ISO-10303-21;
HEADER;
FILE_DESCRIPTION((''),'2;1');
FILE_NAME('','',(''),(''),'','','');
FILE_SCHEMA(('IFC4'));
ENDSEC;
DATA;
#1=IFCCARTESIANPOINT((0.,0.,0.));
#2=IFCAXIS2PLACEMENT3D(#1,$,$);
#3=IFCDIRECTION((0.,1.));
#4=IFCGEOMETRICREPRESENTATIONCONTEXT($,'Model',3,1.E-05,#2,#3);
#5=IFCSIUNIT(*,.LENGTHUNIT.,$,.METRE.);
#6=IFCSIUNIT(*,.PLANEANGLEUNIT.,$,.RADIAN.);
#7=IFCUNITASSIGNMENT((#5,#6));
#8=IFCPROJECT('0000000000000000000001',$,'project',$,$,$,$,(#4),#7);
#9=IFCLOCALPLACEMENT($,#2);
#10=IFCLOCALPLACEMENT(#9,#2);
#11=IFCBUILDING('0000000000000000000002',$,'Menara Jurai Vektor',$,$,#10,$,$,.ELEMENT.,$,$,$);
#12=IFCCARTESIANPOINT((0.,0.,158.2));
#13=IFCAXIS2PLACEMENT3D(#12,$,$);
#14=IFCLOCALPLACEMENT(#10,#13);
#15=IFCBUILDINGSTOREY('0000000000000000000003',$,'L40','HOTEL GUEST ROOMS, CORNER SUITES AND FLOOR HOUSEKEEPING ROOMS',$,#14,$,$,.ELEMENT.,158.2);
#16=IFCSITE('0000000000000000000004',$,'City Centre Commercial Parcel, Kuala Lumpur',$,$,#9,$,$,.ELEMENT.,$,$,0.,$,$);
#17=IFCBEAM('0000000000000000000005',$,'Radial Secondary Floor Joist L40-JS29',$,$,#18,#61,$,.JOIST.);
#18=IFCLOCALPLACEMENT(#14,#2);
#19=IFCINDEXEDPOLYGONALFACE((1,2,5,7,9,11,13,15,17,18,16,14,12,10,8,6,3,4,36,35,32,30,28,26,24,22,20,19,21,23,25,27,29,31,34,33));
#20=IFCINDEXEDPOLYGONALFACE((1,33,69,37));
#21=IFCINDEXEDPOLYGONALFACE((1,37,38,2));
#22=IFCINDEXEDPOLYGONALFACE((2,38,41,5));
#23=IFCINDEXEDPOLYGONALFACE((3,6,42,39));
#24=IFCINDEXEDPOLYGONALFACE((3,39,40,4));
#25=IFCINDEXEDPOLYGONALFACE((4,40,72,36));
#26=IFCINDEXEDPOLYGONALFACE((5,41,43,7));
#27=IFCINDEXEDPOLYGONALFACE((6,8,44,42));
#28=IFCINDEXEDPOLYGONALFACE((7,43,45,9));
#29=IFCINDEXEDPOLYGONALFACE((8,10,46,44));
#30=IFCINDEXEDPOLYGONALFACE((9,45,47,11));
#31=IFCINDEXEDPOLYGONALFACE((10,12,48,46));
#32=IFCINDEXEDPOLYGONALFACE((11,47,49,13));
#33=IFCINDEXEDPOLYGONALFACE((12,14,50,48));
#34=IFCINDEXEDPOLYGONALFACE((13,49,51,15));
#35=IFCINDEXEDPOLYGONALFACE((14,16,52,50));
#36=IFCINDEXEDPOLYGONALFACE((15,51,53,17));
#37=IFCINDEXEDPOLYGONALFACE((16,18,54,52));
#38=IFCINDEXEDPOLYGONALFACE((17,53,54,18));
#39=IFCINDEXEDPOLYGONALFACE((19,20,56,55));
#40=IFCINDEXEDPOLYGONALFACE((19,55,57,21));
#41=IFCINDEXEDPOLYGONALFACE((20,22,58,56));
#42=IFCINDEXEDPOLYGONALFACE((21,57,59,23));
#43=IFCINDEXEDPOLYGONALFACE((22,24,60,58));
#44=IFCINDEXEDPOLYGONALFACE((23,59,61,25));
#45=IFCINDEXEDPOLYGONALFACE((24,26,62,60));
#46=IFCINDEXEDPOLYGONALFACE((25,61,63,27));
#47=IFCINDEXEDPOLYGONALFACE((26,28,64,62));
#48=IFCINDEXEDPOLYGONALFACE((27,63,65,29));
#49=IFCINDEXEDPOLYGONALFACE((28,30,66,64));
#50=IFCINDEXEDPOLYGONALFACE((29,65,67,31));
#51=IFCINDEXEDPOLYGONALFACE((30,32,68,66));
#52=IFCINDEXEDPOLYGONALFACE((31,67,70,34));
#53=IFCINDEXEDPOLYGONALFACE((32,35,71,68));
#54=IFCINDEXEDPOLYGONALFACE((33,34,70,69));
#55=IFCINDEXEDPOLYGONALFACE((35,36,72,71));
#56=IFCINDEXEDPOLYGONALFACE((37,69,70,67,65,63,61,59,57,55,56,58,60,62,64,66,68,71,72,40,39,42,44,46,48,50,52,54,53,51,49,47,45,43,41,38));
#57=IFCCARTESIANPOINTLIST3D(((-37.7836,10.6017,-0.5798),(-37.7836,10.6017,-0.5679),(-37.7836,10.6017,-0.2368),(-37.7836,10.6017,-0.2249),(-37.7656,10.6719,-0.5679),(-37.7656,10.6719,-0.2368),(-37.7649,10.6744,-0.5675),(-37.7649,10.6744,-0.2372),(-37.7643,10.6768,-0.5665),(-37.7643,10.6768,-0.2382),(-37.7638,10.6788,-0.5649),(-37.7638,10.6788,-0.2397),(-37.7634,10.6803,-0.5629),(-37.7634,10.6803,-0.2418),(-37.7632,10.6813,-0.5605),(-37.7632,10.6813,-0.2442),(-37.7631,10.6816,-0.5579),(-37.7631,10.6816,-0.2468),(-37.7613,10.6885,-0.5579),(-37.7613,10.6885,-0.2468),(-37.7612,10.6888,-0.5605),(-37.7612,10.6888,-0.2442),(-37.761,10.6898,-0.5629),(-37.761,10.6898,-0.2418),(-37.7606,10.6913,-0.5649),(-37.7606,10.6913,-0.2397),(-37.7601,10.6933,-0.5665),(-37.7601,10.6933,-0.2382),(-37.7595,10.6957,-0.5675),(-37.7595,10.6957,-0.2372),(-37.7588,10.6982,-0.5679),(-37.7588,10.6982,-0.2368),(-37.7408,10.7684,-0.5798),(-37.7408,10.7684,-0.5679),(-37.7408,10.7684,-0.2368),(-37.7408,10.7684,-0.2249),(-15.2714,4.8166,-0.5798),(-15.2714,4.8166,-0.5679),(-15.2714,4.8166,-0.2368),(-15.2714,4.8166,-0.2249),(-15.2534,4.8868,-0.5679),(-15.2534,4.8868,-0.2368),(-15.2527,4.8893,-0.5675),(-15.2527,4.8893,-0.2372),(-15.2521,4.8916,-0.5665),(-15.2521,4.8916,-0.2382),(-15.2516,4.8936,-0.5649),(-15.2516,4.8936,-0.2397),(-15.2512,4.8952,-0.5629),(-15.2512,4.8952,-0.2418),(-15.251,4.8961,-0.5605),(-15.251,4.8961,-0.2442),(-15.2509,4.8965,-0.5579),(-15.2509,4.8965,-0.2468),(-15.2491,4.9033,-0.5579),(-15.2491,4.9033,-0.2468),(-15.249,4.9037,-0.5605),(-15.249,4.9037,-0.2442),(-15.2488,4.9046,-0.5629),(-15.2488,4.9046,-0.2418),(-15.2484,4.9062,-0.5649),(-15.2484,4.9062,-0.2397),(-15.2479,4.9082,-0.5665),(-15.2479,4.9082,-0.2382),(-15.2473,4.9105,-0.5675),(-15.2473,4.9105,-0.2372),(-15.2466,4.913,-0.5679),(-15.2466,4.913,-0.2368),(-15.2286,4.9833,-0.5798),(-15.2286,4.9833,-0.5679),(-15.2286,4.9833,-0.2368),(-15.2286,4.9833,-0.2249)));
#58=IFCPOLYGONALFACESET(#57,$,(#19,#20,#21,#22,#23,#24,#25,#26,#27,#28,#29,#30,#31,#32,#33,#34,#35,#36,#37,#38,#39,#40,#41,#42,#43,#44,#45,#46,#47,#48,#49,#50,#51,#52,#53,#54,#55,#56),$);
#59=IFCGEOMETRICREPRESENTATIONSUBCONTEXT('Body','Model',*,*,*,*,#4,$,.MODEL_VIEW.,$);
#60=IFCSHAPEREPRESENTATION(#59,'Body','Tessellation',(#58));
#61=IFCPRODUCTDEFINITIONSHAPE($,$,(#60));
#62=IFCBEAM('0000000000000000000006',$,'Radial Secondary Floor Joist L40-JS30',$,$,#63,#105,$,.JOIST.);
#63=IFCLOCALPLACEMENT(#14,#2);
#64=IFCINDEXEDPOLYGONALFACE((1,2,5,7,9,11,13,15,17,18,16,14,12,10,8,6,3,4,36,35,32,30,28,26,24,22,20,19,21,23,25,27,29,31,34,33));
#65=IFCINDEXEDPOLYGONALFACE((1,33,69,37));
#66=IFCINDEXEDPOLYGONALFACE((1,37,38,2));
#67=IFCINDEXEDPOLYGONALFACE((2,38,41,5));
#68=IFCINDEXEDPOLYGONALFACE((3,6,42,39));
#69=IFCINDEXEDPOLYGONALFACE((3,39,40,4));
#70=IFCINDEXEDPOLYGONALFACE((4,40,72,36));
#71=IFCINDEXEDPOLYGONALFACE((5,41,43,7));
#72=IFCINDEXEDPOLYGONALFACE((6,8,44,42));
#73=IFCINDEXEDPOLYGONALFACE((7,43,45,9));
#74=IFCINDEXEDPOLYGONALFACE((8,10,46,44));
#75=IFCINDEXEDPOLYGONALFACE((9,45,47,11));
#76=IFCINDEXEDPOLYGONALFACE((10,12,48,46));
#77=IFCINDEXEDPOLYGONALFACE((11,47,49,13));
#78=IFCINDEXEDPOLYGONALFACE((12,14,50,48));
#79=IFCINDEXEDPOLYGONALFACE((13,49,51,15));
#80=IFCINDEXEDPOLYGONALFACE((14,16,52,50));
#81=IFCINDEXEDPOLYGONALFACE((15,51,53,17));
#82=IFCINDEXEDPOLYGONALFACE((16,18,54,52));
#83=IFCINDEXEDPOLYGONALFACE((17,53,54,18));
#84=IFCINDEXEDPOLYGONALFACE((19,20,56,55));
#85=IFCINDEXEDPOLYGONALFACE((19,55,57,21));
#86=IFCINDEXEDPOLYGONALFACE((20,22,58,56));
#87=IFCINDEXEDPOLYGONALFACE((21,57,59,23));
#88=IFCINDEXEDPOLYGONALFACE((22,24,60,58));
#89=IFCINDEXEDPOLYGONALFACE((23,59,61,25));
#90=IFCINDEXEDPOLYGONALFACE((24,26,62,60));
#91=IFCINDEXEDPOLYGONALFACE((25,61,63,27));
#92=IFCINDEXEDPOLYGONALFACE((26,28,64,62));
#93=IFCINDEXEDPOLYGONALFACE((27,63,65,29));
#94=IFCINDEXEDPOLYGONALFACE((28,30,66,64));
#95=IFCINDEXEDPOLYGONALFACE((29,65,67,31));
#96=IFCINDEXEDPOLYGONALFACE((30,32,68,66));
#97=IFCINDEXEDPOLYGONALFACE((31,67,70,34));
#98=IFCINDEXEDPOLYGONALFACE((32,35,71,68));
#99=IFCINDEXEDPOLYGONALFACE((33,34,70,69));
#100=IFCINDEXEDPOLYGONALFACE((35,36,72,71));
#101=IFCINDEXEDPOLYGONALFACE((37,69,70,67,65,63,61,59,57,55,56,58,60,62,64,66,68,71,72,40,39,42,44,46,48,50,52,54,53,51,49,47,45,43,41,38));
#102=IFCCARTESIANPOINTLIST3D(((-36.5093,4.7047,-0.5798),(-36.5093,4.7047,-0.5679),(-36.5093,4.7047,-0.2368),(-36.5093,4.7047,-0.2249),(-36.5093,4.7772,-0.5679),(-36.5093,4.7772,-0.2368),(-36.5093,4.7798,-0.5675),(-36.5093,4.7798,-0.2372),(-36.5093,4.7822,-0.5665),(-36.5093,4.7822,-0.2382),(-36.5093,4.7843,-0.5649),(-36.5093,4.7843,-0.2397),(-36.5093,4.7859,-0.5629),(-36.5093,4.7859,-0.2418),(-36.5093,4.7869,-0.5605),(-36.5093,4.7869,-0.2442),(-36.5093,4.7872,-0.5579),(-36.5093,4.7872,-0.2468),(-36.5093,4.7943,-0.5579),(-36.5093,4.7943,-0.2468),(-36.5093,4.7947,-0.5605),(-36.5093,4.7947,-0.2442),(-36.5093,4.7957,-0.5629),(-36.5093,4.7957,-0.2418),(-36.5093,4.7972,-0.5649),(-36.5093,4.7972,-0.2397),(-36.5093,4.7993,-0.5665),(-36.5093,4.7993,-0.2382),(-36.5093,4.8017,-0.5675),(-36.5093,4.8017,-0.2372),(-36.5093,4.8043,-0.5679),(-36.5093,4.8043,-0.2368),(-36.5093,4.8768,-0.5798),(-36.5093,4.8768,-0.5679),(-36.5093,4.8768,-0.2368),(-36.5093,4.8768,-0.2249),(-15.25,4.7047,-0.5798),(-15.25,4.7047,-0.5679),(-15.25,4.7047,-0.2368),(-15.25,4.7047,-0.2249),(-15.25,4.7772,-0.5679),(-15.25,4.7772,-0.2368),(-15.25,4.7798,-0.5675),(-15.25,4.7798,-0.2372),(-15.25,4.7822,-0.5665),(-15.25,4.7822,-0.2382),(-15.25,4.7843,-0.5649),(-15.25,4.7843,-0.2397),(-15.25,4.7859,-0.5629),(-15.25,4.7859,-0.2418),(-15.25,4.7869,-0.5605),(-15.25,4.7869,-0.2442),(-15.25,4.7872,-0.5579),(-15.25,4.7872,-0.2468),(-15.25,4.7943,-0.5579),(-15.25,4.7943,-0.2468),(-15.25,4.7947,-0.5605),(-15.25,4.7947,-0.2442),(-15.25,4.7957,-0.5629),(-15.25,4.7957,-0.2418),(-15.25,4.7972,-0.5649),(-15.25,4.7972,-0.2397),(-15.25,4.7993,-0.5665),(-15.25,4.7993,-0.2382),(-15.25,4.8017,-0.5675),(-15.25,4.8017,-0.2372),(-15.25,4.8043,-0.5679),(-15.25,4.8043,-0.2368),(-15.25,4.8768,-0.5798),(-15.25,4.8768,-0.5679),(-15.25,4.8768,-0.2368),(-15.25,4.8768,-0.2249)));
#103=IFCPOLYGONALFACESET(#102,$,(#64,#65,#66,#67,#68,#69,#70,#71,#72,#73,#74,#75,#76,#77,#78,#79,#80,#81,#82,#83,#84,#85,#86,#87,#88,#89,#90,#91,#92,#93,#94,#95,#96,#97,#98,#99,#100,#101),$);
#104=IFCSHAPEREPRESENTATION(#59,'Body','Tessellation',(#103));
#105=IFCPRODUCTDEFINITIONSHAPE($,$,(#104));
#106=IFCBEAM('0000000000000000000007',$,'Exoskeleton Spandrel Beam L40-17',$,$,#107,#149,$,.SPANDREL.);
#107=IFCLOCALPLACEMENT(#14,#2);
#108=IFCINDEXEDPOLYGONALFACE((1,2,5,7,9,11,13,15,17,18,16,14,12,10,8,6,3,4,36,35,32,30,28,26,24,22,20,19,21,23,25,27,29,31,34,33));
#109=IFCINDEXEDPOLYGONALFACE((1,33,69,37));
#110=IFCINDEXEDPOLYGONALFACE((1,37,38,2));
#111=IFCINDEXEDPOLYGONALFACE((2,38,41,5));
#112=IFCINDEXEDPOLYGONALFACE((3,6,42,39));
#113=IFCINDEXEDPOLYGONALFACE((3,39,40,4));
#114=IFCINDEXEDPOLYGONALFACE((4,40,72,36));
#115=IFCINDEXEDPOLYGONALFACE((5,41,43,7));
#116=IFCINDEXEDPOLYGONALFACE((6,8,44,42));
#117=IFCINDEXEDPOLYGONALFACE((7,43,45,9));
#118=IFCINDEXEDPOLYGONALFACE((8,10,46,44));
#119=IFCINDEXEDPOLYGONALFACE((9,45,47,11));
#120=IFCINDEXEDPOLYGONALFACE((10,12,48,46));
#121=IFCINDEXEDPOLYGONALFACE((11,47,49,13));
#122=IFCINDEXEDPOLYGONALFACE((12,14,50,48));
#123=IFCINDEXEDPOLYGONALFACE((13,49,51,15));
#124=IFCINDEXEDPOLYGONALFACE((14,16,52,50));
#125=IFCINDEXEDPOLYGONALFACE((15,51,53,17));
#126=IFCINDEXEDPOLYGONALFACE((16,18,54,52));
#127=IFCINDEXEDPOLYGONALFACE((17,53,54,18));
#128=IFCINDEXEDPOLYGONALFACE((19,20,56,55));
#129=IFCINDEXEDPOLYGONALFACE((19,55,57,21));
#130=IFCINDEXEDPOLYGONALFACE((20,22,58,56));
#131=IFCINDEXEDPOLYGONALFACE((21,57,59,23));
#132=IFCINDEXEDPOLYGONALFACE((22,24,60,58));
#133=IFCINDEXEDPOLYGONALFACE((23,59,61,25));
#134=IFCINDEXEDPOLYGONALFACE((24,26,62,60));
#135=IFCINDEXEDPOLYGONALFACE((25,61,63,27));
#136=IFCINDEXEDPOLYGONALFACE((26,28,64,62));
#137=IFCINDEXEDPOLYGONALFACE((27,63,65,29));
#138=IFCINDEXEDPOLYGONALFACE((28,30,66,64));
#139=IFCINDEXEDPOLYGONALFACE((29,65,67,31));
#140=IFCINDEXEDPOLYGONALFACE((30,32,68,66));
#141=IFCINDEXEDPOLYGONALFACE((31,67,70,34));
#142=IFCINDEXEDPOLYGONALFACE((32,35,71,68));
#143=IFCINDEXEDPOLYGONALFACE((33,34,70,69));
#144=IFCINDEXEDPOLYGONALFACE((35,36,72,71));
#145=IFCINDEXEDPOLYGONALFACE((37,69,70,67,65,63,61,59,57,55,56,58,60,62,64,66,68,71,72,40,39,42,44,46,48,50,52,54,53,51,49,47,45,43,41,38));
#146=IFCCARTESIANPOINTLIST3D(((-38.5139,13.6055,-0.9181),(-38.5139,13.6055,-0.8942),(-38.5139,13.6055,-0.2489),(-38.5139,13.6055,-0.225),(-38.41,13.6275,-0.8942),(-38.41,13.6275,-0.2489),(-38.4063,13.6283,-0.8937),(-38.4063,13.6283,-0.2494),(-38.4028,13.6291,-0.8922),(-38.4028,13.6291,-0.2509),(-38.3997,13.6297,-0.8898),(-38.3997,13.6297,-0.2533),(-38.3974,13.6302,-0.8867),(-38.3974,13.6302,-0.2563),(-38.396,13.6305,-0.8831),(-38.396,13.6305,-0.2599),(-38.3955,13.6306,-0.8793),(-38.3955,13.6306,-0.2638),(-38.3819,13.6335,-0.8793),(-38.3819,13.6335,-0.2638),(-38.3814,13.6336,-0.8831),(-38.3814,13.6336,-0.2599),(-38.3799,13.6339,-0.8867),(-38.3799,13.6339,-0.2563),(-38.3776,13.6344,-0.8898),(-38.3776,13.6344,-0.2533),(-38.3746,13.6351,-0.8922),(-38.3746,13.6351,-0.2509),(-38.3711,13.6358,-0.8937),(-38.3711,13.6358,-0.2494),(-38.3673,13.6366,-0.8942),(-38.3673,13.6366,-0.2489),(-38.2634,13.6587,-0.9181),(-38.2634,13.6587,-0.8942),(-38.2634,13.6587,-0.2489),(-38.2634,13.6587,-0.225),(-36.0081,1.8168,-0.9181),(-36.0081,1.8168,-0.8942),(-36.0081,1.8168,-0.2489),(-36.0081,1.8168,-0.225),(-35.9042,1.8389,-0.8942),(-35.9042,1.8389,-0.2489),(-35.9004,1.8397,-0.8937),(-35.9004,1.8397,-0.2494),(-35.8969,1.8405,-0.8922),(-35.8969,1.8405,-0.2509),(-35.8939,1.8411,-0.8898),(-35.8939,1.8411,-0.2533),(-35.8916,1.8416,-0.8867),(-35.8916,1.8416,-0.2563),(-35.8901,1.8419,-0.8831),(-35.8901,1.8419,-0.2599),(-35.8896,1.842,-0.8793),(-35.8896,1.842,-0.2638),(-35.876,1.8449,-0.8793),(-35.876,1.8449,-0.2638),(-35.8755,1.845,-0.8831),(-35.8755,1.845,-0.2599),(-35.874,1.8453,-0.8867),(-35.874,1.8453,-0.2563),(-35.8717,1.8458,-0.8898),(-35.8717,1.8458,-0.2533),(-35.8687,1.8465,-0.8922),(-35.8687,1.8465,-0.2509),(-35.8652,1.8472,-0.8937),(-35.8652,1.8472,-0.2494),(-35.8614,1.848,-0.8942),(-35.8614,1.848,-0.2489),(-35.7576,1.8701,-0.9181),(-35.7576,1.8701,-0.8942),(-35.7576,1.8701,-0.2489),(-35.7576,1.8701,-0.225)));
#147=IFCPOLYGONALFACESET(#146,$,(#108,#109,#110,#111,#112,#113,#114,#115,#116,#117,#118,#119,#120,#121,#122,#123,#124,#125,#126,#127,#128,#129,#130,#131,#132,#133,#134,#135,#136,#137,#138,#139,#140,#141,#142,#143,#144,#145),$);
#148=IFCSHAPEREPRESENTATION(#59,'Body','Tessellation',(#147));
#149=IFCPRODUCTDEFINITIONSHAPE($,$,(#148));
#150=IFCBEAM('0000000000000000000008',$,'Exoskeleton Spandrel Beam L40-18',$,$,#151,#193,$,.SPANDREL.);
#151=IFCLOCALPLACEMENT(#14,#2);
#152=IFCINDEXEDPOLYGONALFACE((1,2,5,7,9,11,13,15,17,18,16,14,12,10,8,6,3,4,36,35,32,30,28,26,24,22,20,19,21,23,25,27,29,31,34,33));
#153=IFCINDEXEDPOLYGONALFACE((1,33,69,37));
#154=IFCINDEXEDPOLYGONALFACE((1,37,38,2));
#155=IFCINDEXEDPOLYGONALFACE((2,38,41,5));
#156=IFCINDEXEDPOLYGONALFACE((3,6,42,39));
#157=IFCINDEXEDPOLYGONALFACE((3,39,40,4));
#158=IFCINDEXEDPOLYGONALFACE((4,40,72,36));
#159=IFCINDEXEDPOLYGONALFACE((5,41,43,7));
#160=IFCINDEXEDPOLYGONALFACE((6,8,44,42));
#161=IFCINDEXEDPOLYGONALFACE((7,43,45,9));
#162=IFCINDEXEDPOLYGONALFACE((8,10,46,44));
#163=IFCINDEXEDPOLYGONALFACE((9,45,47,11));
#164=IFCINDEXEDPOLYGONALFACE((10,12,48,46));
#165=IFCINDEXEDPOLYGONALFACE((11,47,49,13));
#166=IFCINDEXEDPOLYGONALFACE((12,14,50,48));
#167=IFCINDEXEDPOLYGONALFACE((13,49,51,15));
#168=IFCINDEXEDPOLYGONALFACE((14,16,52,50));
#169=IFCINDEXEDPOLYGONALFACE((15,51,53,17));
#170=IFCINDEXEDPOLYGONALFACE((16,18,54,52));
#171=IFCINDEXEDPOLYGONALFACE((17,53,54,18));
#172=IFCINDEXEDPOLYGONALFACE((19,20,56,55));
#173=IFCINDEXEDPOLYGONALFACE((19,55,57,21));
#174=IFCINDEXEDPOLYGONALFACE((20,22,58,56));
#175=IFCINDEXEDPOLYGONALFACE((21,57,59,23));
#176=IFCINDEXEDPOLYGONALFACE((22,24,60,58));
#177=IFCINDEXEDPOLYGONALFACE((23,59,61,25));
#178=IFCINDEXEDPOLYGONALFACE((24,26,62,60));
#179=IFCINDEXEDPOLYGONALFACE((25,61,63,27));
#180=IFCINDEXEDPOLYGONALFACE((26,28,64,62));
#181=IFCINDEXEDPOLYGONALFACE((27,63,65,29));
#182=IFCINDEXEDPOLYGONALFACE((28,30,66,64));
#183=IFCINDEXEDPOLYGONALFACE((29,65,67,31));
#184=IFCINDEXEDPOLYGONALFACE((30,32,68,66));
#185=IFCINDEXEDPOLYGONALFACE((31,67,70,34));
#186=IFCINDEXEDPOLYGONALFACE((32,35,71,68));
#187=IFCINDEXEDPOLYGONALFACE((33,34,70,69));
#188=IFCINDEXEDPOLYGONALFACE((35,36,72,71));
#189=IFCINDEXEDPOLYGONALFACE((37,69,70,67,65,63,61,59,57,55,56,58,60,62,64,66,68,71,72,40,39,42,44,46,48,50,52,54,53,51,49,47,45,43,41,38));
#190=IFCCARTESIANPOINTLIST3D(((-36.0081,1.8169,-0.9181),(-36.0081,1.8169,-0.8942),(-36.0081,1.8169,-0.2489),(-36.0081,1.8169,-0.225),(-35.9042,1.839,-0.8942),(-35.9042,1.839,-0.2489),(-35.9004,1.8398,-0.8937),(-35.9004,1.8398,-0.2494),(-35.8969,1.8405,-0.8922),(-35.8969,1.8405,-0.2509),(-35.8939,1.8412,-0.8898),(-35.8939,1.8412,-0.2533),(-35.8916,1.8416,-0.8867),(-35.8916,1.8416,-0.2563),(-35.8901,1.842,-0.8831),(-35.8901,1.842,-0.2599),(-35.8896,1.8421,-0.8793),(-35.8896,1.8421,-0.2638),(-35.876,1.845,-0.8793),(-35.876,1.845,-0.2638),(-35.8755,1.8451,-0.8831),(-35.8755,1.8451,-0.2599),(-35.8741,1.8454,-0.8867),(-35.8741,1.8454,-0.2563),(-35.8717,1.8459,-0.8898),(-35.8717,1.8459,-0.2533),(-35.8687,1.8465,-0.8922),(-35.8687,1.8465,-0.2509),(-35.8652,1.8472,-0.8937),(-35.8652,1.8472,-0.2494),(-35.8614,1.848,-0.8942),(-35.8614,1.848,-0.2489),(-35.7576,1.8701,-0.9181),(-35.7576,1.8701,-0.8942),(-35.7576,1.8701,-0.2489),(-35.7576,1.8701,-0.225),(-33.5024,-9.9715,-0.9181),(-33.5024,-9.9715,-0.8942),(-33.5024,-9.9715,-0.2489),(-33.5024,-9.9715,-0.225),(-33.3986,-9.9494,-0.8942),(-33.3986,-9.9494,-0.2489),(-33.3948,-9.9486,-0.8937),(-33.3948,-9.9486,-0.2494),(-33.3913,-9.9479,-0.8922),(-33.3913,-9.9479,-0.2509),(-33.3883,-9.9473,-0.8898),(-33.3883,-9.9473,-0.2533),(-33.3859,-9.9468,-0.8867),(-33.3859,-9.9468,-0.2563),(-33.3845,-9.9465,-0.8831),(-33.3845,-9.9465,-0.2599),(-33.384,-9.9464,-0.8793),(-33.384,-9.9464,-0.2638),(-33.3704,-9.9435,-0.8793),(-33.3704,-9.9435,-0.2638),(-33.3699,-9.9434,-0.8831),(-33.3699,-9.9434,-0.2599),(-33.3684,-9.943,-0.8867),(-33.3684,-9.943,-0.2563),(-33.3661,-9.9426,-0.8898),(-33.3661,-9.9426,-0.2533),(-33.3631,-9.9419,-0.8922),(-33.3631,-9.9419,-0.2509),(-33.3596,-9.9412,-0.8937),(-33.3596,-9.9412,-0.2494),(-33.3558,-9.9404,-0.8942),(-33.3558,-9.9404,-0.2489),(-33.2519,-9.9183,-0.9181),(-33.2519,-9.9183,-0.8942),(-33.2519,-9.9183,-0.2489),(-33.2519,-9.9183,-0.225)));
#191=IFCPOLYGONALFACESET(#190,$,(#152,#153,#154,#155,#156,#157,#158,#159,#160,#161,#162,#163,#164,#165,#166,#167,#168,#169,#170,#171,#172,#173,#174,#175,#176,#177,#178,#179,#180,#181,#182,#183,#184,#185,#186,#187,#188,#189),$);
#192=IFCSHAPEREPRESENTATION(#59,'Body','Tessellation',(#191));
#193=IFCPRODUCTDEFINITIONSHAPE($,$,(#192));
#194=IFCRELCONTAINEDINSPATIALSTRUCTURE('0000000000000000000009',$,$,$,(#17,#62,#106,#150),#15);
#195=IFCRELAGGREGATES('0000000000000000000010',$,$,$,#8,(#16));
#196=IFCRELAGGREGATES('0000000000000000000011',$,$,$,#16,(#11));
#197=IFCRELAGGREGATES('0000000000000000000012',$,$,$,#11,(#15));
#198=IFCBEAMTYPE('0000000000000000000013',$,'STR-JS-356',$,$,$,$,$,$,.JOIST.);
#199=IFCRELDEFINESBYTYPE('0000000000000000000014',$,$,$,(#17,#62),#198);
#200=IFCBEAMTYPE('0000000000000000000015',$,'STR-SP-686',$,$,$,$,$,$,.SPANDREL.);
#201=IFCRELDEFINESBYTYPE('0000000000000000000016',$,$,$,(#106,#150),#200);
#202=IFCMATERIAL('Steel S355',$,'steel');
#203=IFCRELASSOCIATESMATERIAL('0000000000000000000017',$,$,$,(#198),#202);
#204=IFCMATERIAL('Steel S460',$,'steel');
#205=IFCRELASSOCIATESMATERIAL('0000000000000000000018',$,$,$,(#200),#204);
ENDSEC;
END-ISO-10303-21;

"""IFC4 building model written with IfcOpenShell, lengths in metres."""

from ifc_helpers import new_model, si_unit, direction, frame, origin, origin_2d, place, context, subcontext, project, spatial, i_section, extrude, material, material_profile, profile_set, type_object, element, save


model = new_model("IFC4")

# Units and contexts
model_context = context("Model", 3, precision=1e-05, world=origin(), true_north=direction((0.0, 1.0)))
body_context = subcontext(model_context, "Body", "Model", "MODEL_VIEW")
ifc_project = project(units=[si_unit("LENGTHUNIT", "METRE"), si_unit("PLANEANGLEUNIT", "RADIAN")], contexts=[model_context])

# Site, building, storey
site_placement = place(None, origin())
site = spatial("IfcSite", under=ifc_project, at=site_placement, Name="City Centre Commercial Parcel, Kuala Lumpur", CompositionType="ELEMENT", RefElevation=0.0)
building_placement = place(site_placement, origin())
building = spatial("IfcBuilding", under=site, at=building_placement, Name="Menara Jurai Vektor", CompositionType="ELEMENT")
storey_placement = place(building_placement, frame((0.0, 0.0, 158.2)))
storey = spatial("IfcBuildingStorey", under=building, at=storey_placement, Name="L40", Description="HOTEL GUEST ROOMS, CORNER SUITES AND FLOOR HOUSEKEEPING ROOMS", CompositionType="ELEMENT", Elevation=158.2)

# Shared definitions
ifc_material_1 = material(Name="Steel S460", Category="steel")

# Shared definitions
ifc_material_2 = material(Name="Steel S355", Category="steel")

# Beams
ifc_material_profile_1 = material_profile(ifc_material_2, i_section(OverallWidth=0.1721, OverallDepth=0.355, WebThickness=0.0071, FlangeThickness=0.012, FilletRadius=0.01, at=origin_2d()), Name="UKB 356x171x51")
ifc_profile_set_1 = profile_set([ifc_material_profile_1], Name="Steel S355")
beam_type_1 = type_object("IfcBeamType", Name="STR-JS-356", PredefinedType="JOIST", material=ifc_profile_set_1)
beam_1_placement = place(storey_placement, frame((-37.7622, 10.6851, -0.4023), z_axis=(0.968531, -0.248892, 0.0), x_axis=(0.248892, 0.968531, 0.0)))
element("IfcBeam", 1, at=beam_1_placement, inside=storey, type_object=beam_type_1, Name="Radial Secondary Floor Joist L40-JS29", PredefinedType="JOIST", context=body_context, shape_type="SweptSolid", body=[
    extrude(i_section(OverallWidth=0.1721, OverallDepth=0.355, WebThickness=0.0071, FlangeThickness=0.012, FilletRadius=0.01, at=origin_2d()), origin(), (0.0, 0.0, 1.0), 23.2437),
])
beam_2_placement = place(storey_placement, frame((-36.5093, 4.7908, -0.4023), z_axis=(1.0, 0.0, 0.0), x_axis=(0.0, 1.0, 0.0)))
element("IfcBeam", 2, at=beam_2_placement, inside=storey, type_object=beam_type_1, Name="Radial Secondary Floor Joist L40-JS30", PredefinedType="JOIST", context=body_context, shape_type="SweptSolid", body=[
    extrude(i_section(OverallWidth=0.1721, OverallDepth=0.355, WebThickness=0.0071, FlangeThickness=0.012, FilletRadius=0.01, at=origin_2d()), origin(), (0.0, 0.0, 1.0), 21.2593),
])
ifc_material_profile_2 = material_profile(ifc_material_1, i_section(OverallWidth=0.2561, OverallDepth=0.6931, WebThickness=0.0139, FlangeThickness=0.0239, FilletRadius=0.0149, at=origin_2d()), Name="UKB 686x254x170")
ifc_profile_set_2 = profile_set([ifc_material_profile_2], Name="Steel S460")
beam_type_2 = type_object("IfcBeamType", Name="STR-SP-686", PredefinedType="SPANDREL", material=ifc_profile_set_2)
beam_3_placement = place(storey_placement, frame((-38.3887, 13.6321, -0.5715), z_axis=(0.207921, -0.978146, 0.0), x_axis=(0.978146, 0.207921, 0.0)))
element("IfcBeam", 3, at=beam_3_placement, inside=storey, type_object=beam_type_2, Name="Exoskeleton Spandrel Beam L40-17", PredefinedType="SPANDREL", context=body_context, shape_type="SweptSolid", body=[
    extrude(i_section(OverallWidth=0.2561, OverallDepth=0.6931, WebThickness=0.0139, FlangeThickness=0.0239, FilletRadius=0.0149, at=origin_2d()), origin(), (0.0, 0.0, 1.0), 12.052),
])
beam_4_placement = place(storey_placement, frame((-35.8828, 1.8435, -0.5715), z_axis=(0.207906, -0.978149, 0.0), x_axis=(0.978149, 0.207906, 0.0)))
element("IfcBeam", 4, at=beam_4_placement, inside=storey, type_object=beam_type_2, Name="Exoskeleton Spandrel Beam L40-18", PredefinedType="SPANDREL", context=body_context, shape_type="SweptSolid", body=[
    extrude(i_section(OverallWidth=0.2561, OverallDepth=0.6931, WebThickness=0.0139, FlangeThickness=0.0239, FilletRadius=0.0149, at=origin_2d()), origin(), (0.0, 0.0, 1.0), 12.0518),
])

save(model, "model.ifc")
